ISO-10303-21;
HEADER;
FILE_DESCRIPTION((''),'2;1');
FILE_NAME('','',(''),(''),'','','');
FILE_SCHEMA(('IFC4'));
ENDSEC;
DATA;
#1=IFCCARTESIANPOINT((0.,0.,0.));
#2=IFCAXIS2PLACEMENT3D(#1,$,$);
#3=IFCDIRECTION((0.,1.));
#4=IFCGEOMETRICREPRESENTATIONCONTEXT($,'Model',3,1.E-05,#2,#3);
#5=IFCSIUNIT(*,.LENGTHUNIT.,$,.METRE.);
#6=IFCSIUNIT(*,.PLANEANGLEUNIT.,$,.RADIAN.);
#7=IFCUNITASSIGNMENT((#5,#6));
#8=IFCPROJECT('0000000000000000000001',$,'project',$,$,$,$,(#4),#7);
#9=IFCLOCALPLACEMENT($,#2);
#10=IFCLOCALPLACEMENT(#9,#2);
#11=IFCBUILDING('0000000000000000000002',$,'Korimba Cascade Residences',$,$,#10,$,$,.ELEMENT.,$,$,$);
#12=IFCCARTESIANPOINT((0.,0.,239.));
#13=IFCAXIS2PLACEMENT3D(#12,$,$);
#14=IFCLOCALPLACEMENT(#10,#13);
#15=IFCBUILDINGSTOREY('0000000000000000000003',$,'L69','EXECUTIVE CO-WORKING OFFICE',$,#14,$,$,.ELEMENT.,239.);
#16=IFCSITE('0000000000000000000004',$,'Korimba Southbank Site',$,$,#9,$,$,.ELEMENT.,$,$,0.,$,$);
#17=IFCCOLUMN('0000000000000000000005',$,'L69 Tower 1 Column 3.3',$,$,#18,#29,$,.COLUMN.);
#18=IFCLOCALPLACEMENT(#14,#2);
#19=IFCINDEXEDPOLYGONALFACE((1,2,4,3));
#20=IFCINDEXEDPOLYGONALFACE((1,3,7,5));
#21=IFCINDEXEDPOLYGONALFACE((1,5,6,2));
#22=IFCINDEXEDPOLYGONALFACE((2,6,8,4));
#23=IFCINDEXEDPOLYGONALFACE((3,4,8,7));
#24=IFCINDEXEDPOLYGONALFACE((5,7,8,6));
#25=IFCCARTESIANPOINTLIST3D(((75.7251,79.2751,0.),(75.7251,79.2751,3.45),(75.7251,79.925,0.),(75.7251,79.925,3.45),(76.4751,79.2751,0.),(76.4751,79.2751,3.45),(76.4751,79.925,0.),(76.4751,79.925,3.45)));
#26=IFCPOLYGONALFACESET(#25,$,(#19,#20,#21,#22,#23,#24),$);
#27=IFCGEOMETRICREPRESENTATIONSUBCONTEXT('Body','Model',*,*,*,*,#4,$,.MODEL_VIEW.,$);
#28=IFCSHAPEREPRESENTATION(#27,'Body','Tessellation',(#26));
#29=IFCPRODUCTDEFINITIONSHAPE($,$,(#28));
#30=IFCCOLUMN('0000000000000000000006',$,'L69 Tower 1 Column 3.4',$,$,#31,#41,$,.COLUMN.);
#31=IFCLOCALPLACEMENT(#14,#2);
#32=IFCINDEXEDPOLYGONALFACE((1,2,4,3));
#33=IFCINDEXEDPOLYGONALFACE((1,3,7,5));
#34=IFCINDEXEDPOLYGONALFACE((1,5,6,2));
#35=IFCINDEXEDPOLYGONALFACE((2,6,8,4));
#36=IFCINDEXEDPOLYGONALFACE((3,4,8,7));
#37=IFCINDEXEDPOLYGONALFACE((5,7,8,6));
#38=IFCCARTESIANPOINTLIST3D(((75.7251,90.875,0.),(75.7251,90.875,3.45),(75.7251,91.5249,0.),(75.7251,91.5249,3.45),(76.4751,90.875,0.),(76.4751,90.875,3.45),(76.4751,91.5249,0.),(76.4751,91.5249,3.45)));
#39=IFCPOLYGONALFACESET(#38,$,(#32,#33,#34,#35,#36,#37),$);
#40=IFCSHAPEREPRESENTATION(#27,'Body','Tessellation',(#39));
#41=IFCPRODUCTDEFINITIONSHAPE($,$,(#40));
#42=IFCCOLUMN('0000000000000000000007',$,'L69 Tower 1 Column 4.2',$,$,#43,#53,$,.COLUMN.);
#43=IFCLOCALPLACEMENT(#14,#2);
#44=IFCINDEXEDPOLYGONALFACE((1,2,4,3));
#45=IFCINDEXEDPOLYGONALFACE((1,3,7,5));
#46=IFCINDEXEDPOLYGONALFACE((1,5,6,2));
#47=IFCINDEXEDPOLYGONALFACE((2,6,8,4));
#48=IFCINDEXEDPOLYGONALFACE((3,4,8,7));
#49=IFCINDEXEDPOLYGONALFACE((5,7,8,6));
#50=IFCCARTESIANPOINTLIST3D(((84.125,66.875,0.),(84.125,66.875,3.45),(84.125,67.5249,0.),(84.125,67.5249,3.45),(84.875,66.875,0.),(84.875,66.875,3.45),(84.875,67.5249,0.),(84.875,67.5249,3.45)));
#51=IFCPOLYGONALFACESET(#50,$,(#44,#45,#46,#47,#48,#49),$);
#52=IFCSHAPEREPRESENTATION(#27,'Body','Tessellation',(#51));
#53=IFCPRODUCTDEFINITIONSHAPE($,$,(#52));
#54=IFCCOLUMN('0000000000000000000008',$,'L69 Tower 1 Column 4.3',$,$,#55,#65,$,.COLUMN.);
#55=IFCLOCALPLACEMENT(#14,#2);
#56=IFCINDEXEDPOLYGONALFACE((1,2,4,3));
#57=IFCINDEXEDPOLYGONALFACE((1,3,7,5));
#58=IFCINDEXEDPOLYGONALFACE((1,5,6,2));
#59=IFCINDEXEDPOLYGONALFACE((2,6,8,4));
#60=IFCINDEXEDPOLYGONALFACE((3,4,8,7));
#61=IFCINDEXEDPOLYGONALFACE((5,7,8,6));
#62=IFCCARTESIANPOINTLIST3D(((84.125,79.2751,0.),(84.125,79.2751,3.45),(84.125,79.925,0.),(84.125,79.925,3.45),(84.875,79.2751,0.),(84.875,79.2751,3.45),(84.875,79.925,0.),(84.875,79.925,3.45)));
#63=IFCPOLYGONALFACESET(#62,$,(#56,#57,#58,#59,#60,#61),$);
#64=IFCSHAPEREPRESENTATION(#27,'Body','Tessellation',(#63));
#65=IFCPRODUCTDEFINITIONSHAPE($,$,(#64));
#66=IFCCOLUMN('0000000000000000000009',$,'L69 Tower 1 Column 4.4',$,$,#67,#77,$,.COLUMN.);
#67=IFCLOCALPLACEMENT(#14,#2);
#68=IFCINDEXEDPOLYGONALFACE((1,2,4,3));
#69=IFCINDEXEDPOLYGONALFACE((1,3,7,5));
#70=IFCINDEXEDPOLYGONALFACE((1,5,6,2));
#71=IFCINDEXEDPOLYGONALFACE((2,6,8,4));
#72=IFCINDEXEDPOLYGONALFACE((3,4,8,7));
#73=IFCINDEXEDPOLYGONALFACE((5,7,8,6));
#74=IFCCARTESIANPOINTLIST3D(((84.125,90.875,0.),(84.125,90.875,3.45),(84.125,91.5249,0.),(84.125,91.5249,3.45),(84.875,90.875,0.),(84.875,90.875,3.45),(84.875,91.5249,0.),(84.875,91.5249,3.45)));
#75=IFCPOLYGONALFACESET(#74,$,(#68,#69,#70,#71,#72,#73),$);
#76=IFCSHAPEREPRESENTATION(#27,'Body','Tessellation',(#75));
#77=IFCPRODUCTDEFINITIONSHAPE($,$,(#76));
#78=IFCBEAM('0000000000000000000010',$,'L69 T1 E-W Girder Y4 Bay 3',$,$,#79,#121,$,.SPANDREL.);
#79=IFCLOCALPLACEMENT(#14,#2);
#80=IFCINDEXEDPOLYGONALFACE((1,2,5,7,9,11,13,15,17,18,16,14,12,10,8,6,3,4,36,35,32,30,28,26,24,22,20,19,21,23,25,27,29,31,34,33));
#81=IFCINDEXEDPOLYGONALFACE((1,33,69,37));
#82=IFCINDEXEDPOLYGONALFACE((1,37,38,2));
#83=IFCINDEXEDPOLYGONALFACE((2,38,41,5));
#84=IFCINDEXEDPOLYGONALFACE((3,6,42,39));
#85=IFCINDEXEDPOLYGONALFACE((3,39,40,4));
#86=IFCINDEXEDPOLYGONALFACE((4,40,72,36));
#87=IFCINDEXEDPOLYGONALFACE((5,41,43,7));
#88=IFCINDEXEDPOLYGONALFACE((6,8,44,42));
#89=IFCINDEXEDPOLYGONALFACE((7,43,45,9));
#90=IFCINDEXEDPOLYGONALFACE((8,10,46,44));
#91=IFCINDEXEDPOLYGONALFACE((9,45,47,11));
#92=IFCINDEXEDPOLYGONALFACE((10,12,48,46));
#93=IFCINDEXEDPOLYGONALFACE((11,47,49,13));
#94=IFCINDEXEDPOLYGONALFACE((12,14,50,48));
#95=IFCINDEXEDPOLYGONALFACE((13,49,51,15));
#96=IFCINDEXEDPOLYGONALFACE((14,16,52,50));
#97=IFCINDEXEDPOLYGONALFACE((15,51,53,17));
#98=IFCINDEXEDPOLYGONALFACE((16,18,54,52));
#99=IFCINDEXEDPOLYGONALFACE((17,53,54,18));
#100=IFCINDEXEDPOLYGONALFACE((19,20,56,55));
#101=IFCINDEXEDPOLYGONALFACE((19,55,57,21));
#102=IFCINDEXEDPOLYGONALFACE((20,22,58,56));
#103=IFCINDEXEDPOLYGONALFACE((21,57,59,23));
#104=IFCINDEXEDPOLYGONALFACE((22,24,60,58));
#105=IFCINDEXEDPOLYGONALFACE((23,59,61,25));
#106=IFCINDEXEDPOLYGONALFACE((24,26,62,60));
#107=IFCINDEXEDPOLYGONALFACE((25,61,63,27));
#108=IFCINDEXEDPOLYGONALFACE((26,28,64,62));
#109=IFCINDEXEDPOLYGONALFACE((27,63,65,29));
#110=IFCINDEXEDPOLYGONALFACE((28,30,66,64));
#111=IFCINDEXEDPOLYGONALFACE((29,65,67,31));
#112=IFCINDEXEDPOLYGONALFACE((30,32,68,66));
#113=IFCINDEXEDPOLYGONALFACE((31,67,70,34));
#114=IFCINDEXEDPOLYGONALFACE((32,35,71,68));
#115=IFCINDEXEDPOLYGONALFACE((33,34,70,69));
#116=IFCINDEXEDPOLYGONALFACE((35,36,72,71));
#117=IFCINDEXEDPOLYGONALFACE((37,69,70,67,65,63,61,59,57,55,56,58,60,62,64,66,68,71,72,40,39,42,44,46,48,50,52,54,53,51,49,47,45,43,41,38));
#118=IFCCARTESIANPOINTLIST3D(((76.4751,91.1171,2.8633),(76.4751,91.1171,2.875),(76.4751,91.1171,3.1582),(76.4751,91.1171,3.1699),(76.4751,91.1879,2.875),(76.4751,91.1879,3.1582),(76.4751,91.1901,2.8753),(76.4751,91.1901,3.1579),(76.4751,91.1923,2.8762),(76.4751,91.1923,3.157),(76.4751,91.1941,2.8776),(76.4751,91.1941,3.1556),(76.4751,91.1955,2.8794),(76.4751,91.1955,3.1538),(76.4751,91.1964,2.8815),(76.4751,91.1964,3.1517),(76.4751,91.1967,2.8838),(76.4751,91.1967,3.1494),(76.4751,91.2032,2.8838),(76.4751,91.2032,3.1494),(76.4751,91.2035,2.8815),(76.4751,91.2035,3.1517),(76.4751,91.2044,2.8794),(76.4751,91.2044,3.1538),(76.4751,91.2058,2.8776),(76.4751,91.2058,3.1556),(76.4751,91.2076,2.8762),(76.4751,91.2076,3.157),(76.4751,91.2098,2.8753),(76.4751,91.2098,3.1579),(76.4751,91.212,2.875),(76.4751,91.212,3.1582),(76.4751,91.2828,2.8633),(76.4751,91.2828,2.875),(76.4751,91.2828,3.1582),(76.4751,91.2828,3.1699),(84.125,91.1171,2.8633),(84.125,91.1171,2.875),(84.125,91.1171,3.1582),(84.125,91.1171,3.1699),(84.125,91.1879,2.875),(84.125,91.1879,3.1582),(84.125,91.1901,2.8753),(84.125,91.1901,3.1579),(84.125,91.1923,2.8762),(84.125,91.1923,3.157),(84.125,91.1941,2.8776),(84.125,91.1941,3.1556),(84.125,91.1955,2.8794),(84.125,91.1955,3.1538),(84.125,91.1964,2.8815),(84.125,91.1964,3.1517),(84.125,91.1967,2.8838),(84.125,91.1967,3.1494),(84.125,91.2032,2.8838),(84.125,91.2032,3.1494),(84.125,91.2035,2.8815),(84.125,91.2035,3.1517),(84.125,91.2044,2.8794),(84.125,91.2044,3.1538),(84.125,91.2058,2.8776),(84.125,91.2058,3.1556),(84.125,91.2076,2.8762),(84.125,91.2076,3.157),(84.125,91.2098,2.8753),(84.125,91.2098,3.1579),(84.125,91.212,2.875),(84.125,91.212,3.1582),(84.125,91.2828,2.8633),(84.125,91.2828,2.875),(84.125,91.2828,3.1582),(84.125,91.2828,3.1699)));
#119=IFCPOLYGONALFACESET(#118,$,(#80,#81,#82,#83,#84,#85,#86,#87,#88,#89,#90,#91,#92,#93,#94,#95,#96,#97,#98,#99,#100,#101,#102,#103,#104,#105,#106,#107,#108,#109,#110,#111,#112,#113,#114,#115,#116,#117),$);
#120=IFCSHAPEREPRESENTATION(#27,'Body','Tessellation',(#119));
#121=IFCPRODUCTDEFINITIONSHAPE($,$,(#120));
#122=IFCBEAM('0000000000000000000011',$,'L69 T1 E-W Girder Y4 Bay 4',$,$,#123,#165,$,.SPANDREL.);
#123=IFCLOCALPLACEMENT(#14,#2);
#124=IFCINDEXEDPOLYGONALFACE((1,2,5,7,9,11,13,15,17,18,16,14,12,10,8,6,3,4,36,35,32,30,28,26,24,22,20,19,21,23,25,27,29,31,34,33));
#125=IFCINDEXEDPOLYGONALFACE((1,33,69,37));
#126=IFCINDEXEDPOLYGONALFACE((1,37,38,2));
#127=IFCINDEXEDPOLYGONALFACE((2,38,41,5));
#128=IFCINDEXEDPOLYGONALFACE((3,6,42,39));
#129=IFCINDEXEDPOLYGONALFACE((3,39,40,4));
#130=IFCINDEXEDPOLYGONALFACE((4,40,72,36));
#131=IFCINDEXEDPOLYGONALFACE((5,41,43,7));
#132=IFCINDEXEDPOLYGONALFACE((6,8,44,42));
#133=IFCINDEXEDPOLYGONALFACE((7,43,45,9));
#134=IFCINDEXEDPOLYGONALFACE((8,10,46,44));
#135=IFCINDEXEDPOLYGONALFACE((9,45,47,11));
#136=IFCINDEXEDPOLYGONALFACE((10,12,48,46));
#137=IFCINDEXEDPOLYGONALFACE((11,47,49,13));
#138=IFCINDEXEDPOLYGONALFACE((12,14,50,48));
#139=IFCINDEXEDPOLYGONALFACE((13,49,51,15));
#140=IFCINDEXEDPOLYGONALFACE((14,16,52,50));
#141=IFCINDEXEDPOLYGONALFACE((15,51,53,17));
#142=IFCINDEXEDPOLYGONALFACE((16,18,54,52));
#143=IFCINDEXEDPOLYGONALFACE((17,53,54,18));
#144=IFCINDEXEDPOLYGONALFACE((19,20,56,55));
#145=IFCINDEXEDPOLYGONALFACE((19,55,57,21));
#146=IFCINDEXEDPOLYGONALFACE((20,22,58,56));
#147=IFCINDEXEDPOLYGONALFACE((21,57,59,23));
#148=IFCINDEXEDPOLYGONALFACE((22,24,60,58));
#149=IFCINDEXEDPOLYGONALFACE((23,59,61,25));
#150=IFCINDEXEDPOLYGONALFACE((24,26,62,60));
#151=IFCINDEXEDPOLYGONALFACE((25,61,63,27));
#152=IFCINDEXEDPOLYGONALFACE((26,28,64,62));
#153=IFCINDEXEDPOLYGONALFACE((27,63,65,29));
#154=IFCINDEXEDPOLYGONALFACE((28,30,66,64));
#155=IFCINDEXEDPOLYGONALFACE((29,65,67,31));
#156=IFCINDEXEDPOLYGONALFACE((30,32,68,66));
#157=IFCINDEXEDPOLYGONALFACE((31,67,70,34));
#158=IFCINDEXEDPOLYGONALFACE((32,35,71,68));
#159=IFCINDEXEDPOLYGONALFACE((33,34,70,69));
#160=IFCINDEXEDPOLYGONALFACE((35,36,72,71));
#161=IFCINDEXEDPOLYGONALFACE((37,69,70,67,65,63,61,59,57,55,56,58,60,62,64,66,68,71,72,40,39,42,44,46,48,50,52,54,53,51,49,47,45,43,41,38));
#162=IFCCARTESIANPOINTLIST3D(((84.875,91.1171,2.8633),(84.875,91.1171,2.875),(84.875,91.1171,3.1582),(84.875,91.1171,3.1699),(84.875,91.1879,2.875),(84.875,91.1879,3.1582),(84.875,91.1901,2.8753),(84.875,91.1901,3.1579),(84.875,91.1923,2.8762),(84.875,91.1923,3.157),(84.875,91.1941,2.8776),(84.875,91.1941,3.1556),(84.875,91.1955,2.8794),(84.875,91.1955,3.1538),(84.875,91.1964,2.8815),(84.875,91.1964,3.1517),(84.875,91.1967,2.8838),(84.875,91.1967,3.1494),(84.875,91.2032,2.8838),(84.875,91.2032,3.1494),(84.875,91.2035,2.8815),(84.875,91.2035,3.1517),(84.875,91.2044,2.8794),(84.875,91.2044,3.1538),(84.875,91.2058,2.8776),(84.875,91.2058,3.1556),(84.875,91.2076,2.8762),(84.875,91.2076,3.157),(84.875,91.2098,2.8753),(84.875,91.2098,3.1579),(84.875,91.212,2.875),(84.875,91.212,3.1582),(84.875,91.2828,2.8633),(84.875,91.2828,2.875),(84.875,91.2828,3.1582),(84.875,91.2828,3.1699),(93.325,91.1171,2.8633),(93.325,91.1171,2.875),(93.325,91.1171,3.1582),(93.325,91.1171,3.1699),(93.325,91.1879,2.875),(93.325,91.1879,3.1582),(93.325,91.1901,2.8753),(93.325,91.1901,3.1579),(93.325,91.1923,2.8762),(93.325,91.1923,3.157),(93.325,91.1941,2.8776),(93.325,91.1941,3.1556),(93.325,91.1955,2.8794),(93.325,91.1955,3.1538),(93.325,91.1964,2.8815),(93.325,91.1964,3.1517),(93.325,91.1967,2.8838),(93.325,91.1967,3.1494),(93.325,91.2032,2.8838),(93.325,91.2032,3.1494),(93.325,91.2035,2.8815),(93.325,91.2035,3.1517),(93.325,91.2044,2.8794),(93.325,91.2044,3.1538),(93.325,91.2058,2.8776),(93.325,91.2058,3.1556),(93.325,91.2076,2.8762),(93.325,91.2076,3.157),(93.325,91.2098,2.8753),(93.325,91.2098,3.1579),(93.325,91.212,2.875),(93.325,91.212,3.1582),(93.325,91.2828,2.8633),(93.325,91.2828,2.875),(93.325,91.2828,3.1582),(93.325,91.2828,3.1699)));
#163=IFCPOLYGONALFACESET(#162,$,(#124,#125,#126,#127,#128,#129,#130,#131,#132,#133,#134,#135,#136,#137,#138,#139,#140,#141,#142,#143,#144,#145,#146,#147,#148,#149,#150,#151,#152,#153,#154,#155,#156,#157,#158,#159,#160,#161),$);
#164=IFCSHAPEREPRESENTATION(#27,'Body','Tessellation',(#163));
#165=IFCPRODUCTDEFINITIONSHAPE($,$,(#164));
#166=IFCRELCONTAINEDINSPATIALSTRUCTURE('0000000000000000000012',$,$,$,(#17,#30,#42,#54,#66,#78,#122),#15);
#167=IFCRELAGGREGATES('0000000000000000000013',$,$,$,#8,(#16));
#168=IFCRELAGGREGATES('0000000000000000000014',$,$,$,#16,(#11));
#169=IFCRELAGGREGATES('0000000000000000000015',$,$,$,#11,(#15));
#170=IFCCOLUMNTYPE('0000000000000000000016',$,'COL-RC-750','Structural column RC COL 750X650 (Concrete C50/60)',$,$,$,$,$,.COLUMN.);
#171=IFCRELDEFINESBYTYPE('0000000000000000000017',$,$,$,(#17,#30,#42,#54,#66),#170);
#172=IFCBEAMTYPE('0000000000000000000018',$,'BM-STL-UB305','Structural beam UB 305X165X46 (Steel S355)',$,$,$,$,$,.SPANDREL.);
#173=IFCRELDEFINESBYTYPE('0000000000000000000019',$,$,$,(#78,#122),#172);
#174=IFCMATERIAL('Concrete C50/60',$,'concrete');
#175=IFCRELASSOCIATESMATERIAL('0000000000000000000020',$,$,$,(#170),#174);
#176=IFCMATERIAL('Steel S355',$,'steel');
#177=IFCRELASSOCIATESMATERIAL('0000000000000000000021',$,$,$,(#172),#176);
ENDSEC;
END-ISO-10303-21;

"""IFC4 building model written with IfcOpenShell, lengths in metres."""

from ifc_helpers import new_model, si_unit, direction, frame, origin, origin_2d, place, context, subcontext, project, spatial, rectangle, i_section, extrude, material, material_profile, profile_set, type_object, element, save


model = new_model("IFC4")

# Units and contexts
model_context = context("Model", 3, precision=1e-05, world=origin(), true_north=direction((0.0, 1.0)))
body_context = subcontext(model_context, "Body", "Model", "MODEL_VIEW")
ifc_project = project(units=[si_unit("LENGTHUNIT", "METRE"), si_unit("PLANEANGLEUNIT", "RADIAN")], contexts=[model_context])

# Site, building, storey
site_placement = place(None, origin())
site = spatial("IfcSite", under=ifc_project, at=site_placement, Name="Korimba Southbank Site", CompositionType="ELEMENT", RefElevation=0.0)
building_placement = place(site_placement, origin())
building = spatial("IfcBuilding", under=site, at=building_placement, Name="Korimba Cascade Residences", CompositionType="ELEMENT")
storey_placement = place(building_placement, frame((0.0, 0.0, 239.0)))
storey = spatial("IfcBuildingStorey", under=building, at=storey_placement, Name="L69", Description="EXECUTIVE CO-WORKING OFFICE", CompositionType="ELEMENT", Elevation=239.0)

# Columns
ifc_material_1 = material(Name="Concrete C50/60", Category="concrete")
ifc_material_profile_1 = material_profile(ifc_material_1, rectangle(XDim=0.75, YDim=0.6499, at=origin_2d()), Name="Concrete C50/60")
ifc_profile_set_1 = profile_set([ifc_material_profile_1], Name="Concrete C50/60")
column_type = type_object("IfcColumnType", Name="COL-RC-750", Description="Structural column RC COL 750X650 (Concrete C50/60)", PredefinedType="COLUMN", material=ifc_profile_set_1)
for number, where, z_axis, x_axis, name in (
    (1, (76.1001, 79.6001, 0.0), (0.0, 0.0, 1.0), (1.0, 0.0, 0.0), "L69 Tower 1 Column 3.3"),
    (2, (76.1001, 91.2, 0.0), (0.0, 0.0, 1.0), (1.0, 0.0, 0.0), "L69 Tower 1 Column 3.4"),
    (3, (84.5, 67.2, 0.0), (0.0, 0.0, 1.0), (1.0, 0.0, 0.0), "L69 Tower 1 Column 4.2"),
    (4, (84.5, 79.6001, 0.0), (0.0, 0.0, 1.0), (1.0, 0.0, 0.0), "L69 Tower 1 Column 4.3"),
    (5, (84.5, 91.2, 0.0), (0.0, 0.0, 1.0), (1.0, 0.0, 0.0), "L69 Tower 1 Column 4.4"),
):
    element("IfcColumn", number, at=place(storey_placement, frame(where, z_axis=z_axis, x_axis=x_axis)), inside=storey, type_object=column_type, Name=name, PredefinedType="COLUMN", context=body_context, shape_type="SweptSolid", body=[
        extrude(rectangle(XDim=0.75, YDim=0.6499, at=origin_2d()), origin(), (0.0, 0.0, 1.0), 3.45),
    ])

# Beams
ifc_material_2 = material(Name="Steel S355", Category="steel")
ifc_material_profile_2 = material_profile(ifc_material_2, i_section(OverallWidth=0.1658, OverallDepth=0.3066, WebThickness=0.0066, FlangeThickness=0.0117, FilletRadius=0.0088, at=origin_2d()), Name="Steel S355")
ifc_profile_set_2 = profile_set([ifc_material_profile_2], Name="Steel S355")
beam_type_1 = type_object("IfcBeamType", Name="BM-STL-UB305", Description="Structural beam UB 305X165X46 (Steel S355)", PredefinedType="SPANDREL", material=ifc_profile_set_2)
beam_1_placement = place(storey_placement, frame((76.4751, 91.2, 3.0166), z_axis=(1.0, 0.0, 0.0), x_axis=(0.0, 1.0, 0.0)))
element("IfcBeam", 6, at=beam_1_placement, inside=storey, type_object=beam_type_1, Name="L69 T1 E-W Girder Y4 Bay 3", PredefinedType="SPANDREL", context=body_context, shape_type="SweptSolid", body=[
    extrude(i_section(OverallWidth=0.1658, OverallDepth=0.3066, WebThickness=0.0066, FlangeThickness=0.0117, FilletRadius=0.0088, at=origin_2d()), origin(), (0.0, 0.0, 1.0), 7.6499),
])
beam_2_placement = place(storey_placement, frame((84.875, 91.2, 3.0166), z_axis=(1.0, 0.0, 0.0), x_axis=(0.0, 1.0, 0.0)))
element("IfcBeam", 7, at=beam_2_placement, inside=storey, type_object=beam_type_1, Name="L69 T1 E-W Girder Y4 Bay 4", PredefinedType="SPANDREL", context=body_context, shape_type="SweptSolid", body=[
    extrude(i_section(OverallWidth=0.1658, OverallDepth=0.3066, WebThickness=0.0066, FlangeThickness=0.0117, FilletRadius=0.0088, at=origin_2d()), origin(), (0.0, 0.0, 1.0), 8.45),
])

save(model, "model.ifc")
